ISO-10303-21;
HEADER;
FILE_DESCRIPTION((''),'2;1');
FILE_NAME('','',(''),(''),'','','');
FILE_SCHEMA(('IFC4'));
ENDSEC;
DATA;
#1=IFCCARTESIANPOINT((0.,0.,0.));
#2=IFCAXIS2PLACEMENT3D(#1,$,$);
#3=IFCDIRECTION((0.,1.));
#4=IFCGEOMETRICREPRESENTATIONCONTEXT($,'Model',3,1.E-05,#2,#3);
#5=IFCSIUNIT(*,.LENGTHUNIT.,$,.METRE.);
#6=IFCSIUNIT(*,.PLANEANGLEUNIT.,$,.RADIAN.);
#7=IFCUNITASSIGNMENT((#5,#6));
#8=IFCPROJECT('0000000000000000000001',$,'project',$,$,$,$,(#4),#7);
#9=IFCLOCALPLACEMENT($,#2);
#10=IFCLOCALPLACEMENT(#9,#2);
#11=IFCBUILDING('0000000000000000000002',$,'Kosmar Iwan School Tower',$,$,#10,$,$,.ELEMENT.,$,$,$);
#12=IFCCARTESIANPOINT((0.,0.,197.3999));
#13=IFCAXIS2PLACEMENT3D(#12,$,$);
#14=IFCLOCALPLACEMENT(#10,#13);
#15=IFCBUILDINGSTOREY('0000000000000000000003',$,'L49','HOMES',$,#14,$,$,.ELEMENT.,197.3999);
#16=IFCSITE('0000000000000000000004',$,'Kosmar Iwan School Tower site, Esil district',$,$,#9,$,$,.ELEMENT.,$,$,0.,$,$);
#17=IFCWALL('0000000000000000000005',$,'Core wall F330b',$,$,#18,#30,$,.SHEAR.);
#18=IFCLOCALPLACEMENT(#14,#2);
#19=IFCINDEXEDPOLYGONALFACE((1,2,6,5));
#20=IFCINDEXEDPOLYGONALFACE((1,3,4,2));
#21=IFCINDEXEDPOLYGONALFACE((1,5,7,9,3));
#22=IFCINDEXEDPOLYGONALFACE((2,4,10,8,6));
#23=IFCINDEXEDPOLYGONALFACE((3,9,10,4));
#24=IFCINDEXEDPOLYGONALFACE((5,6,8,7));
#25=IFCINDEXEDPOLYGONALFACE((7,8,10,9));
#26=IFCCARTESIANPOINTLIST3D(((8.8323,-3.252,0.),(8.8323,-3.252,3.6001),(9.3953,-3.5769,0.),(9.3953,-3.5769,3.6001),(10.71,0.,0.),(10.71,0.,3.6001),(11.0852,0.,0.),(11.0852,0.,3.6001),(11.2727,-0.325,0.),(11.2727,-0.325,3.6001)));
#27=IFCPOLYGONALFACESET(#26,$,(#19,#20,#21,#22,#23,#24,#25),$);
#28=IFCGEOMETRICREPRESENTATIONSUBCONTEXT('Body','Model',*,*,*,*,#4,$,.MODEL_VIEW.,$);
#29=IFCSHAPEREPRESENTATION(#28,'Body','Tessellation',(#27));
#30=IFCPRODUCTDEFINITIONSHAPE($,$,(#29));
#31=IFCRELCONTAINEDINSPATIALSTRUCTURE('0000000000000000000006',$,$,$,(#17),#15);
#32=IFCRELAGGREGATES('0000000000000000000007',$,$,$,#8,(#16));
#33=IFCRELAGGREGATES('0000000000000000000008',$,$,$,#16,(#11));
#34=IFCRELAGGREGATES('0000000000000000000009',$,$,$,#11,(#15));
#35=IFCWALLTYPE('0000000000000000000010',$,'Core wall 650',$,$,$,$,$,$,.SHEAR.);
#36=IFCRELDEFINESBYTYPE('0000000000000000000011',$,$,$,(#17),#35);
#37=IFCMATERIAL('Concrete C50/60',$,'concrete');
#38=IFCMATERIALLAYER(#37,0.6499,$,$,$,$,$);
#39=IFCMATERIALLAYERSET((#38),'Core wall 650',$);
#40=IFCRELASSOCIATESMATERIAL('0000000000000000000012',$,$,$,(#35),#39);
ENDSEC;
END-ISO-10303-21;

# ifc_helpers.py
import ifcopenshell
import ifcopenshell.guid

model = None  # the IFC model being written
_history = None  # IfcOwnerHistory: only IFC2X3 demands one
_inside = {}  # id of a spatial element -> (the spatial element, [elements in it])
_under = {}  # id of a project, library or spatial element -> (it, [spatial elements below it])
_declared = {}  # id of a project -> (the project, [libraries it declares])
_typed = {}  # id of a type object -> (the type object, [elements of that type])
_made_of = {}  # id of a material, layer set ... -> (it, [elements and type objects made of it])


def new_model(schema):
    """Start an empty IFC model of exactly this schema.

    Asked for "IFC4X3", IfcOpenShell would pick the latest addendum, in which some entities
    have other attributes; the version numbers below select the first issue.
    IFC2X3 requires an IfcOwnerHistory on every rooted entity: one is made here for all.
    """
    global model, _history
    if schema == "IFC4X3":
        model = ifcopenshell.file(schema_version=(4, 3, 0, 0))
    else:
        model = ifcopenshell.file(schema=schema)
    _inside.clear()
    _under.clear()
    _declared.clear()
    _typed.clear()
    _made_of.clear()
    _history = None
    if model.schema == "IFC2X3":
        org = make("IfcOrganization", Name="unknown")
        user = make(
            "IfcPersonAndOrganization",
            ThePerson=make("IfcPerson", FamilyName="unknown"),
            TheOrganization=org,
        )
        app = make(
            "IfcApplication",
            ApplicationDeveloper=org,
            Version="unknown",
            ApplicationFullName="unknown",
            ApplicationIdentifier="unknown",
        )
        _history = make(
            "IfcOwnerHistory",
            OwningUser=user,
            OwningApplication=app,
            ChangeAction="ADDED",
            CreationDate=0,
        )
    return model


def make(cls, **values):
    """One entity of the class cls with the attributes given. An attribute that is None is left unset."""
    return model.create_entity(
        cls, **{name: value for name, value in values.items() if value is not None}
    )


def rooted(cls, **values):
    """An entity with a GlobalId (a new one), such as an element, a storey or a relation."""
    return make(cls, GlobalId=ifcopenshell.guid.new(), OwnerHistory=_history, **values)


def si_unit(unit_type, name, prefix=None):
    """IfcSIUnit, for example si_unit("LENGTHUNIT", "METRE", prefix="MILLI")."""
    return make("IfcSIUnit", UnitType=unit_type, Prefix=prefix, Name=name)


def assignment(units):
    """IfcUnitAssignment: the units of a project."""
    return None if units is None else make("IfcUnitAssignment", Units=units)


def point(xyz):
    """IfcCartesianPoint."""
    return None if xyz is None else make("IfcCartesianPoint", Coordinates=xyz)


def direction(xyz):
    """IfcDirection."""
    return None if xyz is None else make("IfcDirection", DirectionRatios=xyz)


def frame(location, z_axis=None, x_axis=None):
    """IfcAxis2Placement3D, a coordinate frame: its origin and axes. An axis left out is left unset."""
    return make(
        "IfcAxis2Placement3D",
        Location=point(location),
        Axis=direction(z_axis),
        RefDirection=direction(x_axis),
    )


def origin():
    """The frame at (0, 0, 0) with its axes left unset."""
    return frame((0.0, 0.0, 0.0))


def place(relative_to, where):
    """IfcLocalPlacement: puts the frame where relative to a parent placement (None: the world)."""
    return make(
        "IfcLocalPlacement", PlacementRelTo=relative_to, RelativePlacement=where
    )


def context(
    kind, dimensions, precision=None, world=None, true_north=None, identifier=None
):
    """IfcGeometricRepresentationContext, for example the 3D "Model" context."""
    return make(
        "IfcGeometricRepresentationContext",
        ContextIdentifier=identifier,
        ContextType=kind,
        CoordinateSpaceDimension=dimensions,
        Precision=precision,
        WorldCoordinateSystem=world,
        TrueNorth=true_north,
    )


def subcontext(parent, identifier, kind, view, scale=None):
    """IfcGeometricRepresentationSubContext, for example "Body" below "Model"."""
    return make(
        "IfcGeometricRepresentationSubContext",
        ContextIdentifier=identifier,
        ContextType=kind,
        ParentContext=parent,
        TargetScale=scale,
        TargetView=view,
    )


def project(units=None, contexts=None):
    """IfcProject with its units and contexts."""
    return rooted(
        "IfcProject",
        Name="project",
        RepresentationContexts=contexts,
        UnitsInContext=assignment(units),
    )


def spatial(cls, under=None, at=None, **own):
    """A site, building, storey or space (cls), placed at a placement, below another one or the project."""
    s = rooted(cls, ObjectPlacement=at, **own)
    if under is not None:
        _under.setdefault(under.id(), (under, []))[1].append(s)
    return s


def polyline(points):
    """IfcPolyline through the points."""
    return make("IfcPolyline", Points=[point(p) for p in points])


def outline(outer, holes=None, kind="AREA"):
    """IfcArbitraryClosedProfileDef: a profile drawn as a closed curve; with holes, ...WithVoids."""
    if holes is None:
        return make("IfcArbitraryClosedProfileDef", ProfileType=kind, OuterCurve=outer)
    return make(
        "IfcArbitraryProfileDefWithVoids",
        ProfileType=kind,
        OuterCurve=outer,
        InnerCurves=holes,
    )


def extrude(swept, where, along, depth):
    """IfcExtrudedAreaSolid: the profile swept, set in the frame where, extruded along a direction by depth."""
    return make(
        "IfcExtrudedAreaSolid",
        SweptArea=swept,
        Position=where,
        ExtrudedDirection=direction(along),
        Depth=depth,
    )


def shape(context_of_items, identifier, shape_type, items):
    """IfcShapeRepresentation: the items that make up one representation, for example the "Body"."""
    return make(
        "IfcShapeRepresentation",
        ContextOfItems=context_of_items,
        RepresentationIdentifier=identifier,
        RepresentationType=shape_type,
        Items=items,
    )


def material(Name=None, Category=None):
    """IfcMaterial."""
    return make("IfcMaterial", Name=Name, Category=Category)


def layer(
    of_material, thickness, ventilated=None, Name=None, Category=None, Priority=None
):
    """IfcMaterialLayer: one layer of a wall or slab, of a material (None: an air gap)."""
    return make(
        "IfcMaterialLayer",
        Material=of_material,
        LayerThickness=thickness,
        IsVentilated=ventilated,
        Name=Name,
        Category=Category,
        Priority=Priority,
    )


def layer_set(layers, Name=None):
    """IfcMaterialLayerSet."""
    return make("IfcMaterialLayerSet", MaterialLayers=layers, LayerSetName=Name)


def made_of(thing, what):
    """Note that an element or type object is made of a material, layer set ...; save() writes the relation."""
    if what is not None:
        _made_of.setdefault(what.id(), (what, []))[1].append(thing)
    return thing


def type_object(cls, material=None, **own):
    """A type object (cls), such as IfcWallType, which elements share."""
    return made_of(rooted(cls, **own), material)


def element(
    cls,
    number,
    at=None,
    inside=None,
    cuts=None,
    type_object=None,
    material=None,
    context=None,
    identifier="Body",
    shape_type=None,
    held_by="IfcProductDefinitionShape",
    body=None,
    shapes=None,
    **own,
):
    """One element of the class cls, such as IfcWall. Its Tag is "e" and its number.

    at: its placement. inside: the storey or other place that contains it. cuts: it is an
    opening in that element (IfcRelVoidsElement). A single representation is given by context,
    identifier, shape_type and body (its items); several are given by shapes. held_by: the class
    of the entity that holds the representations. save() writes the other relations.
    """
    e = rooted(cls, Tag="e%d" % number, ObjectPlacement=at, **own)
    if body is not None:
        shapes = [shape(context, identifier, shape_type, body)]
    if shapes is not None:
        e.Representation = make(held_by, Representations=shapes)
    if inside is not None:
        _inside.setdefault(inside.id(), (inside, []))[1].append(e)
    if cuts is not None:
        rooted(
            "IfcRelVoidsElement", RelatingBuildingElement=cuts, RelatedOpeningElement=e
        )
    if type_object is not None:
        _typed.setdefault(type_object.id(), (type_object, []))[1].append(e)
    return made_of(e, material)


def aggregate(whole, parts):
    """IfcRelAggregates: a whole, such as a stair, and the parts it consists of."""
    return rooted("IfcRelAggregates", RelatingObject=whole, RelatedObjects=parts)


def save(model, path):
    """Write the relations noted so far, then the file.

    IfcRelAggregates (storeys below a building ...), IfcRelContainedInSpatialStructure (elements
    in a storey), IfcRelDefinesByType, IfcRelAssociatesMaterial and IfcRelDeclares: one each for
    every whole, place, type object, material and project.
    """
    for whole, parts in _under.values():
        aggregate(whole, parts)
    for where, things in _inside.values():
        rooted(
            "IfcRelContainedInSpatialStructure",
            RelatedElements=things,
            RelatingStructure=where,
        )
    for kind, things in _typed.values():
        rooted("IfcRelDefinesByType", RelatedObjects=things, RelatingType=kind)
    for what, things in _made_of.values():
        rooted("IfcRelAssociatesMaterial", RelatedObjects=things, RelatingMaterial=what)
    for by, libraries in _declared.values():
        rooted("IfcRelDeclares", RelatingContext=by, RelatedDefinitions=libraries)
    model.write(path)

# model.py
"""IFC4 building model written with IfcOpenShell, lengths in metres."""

from ifc_helpers import new_model, si_unit, direction, frame, origin, place, context, subcontext, project, spatial, polyline, outline, extrude, material, layer, layer_set, type_object, element, save


model = new_model("IFC4")

# Units and contexts
model_context = context("Model", 3, precision=1e-05, world=origin(), true_north=direction((0.0, 1.0)))
body_context = subcontext(model_context, "Body", "Model", "MODEL_VIEW")
ifc_project = project(units=[si_unit("LENGTHUNIT", "METRE"), si_unit("PLANEANGLEUNIT", "RADIAN")], contexts=[model_context])

# Site, building, storey
site_placement = place(None, origin())
site = spatial("IfcSite", under=ifc_project, at=site_placement, Name="Kosmar Iwan School Tower site, Esil district", CompositionType="ELEMENT", RefElevation=0.0)
building_placement = place(site_placement, origin())
building = spatial("IfcBuilding", under=site, at=building_placement, Name="Kosmar Iwan School Tower", CompositionType="ELEMENT")
storey_placement = place(building_placement, frame((0.0, 0.0, 197.3999)))
storey = spatial("IfcBuildingStorey", under=building, at=storey_placement, Name="L49", Description="HOMES", CompositionType="ELEMENT", Elevation=197.3999)

# Wall
ifc_material_1 = material(Name="Concrete C50/60", Category="concrete")
ifc_layer_1 = layer(ifc_material_1, 0.6499)
ifc_layer_set_1 = layer_set([ifc_layer_1], Name="Core wall 650")
wall_type = type_object("IfcWallType", Name="Core wall 650", PredefinedType="SHEAR", material=ifc_layer_set_1)
wall_1_placement = place(storey_placement, origin())
element("IfcWall", 1, at=wall_1_placement, inside=storey, type_object=wall_type, Name="Core wall F330b", PredefinedType="SHEAR", context=body_context, shape_type="SweptSolid", body=[
    extrude(outline(polyline([(9.3953, -3.5769), (11.2727, -0.325), (11.0852, 0.0), (10.71, 0.0), (8.8323, -3.252), (9.3953, -3.5769)])), origin(), (0.0, 0.0, 1.0), 3.6001),
])

save(model, "model.ifc")
